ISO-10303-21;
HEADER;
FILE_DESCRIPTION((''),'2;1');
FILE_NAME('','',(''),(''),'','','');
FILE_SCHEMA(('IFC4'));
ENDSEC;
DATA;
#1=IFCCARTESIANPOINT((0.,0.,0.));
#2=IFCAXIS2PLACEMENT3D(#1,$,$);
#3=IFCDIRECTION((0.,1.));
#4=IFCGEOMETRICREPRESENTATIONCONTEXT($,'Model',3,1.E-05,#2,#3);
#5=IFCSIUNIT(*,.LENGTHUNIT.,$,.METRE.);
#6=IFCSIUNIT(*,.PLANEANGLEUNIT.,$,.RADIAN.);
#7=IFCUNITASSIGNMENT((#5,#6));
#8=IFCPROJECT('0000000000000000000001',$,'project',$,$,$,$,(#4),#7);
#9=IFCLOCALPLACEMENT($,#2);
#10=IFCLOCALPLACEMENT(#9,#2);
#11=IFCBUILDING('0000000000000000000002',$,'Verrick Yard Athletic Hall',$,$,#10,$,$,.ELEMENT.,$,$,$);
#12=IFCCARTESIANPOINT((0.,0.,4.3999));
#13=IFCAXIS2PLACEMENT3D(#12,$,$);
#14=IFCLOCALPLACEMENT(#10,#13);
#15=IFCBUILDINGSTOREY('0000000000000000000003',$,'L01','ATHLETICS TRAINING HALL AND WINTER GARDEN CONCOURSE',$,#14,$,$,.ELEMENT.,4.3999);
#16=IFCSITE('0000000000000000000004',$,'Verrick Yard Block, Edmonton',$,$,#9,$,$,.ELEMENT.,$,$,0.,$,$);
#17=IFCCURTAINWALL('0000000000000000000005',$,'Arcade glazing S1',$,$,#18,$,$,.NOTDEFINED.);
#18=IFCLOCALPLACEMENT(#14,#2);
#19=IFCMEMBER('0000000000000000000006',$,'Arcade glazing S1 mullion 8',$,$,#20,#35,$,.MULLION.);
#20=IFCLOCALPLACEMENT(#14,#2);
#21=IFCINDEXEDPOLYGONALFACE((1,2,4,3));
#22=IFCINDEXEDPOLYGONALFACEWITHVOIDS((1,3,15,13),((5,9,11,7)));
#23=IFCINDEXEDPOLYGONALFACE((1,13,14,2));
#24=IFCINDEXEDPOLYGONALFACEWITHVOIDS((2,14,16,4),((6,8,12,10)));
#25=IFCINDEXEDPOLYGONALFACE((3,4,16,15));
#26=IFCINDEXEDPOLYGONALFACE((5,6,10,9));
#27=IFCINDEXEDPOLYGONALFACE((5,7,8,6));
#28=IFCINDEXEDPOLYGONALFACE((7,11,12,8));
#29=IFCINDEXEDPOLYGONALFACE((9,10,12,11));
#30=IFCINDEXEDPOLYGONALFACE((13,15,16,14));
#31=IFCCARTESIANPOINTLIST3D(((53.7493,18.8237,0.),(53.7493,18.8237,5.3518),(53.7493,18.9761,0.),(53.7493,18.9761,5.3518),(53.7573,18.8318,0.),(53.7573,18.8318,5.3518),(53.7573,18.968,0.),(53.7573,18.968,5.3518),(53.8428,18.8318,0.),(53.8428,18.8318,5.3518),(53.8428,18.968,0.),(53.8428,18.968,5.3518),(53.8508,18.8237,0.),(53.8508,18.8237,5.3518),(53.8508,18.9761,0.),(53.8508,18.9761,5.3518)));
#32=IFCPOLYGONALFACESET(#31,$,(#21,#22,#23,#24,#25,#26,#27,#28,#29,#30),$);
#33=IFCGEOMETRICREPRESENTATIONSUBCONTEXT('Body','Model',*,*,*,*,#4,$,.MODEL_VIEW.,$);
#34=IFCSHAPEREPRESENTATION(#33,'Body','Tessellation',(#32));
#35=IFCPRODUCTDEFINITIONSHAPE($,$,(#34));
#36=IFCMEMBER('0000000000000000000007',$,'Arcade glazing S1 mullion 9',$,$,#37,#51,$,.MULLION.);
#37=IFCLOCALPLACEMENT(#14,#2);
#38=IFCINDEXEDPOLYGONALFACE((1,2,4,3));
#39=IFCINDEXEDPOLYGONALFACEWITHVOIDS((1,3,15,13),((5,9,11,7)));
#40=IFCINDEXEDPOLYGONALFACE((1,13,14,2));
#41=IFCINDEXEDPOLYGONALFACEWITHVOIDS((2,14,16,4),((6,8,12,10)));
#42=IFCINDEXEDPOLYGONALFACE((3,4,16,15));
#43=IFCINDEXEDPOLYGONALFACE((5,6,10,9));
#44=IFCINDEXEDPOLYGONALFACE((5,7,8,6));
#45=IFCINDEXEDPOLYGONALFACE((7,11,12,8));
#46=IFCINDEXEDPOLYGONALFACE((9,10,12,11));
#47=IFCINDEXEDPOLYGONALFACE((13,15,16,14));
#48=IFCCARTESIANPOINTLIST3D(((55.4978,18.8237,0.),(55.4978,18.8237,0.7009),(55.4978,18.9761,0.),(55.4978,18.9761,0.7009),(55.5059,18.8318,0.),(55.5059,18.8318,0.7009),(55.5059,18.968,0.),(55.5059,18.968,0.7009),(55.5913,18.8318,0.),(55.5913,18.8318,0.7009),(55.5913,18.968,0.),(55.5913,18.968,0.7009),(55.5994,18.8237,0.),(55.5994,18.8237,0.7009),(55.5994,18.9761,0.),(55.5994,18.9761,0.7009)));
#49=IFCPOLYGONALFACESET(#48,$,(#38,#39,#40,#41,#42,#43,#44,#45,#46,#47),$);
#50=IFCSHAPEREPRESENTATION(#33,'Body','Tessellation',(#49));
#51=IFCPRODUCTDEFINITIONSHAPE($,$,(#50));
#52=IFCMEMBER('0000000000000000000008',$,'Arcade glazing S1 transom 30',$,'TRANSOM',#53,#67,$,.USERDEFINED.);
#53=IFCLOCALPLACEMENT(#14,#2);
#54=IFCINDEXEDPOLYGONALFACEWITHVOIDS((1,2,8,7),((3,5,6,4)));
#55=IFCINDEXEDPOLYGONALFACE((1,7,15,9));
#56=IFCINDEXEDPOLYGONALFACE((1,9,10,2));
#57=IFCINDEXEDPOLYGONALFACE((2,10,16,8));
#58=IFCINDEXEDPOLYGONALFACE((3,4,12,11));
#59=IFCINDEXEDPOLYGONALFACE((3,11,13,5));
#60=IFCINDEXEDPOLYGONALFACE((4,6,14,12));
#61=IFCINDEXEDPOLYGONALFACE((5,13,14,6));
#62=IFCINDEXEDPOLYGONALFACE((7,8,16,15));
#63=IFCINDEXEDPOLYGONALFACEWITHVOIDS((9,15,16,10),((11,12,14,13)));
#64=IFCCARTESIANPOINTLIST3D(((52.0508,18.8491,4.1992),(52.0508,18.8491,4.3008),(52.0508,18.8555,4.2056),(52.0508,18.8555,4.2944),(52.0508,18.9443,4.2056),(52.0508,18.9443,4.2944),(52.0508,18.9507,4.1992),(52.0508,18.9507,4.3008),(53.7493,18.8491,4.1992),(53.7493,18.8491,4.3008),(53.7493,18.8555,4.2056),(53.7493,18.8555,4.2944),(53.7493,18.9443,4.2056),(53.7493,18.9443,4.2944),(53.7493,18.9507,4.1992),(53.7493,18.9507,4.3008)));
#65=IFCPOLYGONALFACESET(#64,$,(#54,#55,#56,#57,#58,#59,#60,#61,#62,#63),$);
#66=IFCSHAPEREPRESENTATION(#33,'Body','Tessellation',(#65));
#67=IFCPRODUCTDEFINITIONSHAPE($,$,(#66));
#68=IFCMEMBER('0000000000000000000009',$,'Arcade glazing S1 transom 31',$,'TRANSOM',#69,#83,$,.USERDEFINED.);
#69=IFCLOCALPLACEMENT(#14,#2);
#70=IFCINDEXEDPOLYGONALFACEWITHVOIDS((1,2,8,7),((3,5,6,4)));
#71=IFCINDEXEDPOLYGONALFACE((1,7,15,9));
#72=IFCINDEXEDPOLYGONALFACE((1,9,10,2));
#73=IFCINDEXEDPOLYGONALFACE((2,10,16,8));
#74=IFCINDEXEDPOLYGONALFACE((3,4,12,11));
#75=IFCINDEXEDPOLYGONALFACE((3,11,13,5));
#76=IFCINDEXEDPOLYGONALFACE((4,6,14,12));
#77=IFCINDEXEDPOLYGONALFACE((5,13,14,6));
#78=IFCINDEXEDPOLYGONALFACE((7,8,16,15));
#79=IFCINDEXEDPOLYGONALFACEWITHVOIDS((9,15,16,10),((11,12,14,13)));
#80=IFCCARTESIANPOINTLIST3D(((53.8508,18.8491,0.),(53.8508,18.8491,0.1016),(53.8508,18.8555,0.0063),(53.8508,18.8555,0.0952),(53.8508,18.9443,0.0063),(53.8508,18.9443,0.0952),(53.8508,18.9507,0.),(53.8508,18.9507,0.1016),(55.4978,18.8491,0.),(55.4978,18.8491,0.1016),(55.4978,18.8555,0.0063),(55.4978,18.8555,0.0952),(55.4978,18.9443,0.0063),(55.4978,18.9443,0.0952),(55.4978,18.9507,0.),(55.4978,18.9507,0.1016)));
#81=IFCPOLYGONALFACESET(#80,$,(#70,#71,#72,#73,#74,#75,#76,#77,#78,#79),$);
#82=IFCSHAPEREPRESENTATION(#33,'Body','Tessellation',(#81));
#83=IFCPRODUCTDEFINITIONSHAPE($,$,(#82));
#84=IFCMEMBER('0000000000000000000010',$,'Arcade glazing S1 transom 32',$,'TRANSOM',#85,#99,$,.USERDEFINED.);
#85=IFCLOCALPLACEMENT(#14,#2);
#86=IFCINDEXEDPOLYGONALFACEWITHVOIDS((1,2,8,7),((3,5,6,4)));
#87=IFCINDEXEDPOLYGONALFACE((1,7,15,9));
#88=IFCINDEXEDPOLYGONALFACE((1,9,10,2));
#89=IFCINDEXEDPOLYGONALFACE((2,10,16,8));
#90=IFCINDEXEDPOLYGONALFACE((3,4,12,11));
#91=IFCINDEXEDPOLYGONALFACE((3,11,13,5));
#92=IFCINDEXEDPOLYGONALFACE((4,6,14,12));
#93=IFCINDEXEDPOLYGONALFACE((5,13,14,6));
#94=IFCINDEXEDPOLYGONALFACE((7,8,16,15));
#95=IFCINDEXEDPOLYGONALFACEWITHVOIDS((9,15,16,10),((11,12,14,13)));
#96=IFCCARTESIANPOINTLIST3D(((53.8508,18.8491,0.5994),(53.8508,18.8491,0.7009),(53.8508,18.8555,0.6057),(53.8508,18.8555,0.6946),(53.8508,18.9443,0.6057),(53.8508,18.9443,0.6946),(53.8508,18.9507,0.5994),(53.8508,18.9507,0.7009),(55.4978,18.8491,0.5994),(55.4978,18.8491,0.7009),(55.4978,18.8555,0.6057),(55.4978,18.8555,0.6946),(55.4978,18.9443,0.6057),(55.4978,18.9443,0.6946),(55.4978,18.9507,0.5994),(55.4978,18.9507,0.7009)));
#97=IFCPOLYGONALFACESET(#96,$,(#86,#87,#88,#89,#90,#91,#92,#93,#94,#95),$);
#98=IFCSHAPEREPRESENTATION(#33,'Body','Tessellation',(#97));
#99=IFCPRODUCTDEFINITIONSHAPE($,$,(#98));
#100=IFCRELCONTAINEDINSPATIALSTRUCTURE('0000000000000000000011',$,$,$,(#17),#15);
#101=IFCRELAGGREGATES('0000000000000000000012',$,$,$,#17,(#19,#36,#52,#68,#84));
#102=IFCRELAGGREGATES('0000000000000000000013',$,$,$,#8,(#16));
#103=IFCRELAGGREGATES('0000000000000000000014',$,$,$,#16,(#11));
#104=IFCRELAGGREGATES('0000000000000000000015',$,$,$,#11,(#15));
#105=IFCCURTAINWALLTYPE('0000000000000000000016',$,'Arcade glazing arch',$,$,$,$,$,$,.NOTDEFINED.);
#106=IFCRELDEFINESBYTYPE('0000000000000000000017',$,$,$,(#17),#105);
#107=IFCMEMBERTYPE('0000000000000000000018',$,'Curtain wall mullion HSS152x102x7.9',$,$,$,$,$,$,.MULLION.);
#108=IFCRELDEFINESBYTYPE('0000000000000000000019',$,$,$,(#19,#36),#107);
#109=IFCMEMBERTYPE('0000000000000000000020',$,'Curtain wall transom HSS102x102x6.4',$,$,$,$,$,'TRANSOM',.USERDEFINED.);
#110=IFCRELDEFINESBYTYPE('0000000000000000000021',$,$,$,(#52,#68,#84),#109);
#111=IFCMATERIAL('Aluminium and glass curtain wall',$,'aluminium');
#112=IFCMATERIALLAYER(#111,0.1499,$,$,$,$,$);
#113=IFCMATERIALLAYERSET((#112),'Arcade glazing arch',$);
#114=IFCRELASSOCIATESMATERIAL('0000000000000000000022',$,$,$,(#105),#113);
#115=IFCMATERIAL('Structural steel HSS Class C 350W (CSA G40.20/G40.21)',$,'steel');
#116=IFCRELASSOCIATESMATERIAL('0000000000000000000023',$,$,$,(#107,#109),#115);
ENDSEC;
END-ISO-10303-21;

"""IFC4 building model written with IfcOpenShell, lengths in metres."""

from ifc_helpers import new_model, si_unit, direction, frame, origin, origin_2d, place, context, subcontext, project, spatial, hollow_rectangle, extrude, material, layer, layer_set, material_profile, profile_set, type_object, element, aggregate, save


model = new_model("IFC4")

# Units and contexts
model_context = context("Model", 3, precision=1e-05, world=origin(), true_north=direction((0.0, 1.0)))
body_context = subcontext(model_context, "Body", "Model", "MODEL_VIEW")
ifc_project = project(units=[si_unit("LENGTHUNIT", "METRE"), si_unit("PLANEANGLEUNIT", "RADIAN")], contexts=[model_context])

# Site, building, storey
site_placement = place(None, origin())
site = spatial("IfcSite", under=ifc_project, at=site_placement, Name="Verrick Yard Block, Edmonton", CompositionType="ELEMENT", RefElevation=0.0)
building_placement = place(site_placement, origin())
building = spatial("IfcBuilding", under=site, at=building_placement, Name="Verrick Yard Athletic Hall", CompositionType="ELEMENT")
storey_placement = place(building_placement, frame((0.0, 0.0, 4.3999)))
storey = spatial("IfcBuildingStorey", under=building, at=storey_placement, Name="L01", Description="ATHLETICS TRAINING HALL AND WINTER GARDEN CONCOURSE", CompositionType="ELEMENT", Elevation=4.3999)

# Curtain wall, members
ifc_material_1 = material(Name="Aluminium and glass curtain wall", Category="aluminium")
ifc_layer_1 = layer(ifc_material_1, 0.1499)
ifc_layer_set_1 = layer_set([ifc_layer_1], Name="Arcade glazing arch")
curtain_wall_type = type_object("IfcCurtainWallType", Name="Arcade glazing arch", PredefinedType="NOTDEFINED", material=ifc_layer_set_1)
curtain_wall_1_placement = place(storey_placement, origin())
curtain_wall_1 = element("IfcCurtainWall", 1, at=curtain_wall_1_placement, inside=storey, type_object=curtain_wall_type, Name="Arcade glazing S1", PredefinedType="NOTDEFINED")
ifc_material_2 = material(Name="Structural steel HSS Class C 350W (CSA G40.20/G40.21)", Category="steel")
ifc_material_profile_1 = material_profile(ifc_material_2, hollow_rectangle(XDim=0.1016, YDim=0.1523, WallThickness=0.0081, at=origin_2d()), Name="HSS152x102x7.9")
ifc_profile_set_1 = profile_set([ifc_material_profile_1], Name="Structural steel HSS Class C 350W (CSA G40.20/G40.21)")
member_type_1 = type_object("IfcMemberType", Name="Curtain wall mullion HSS152x102x7.9", PredefinedType="MULLION", material=ifc_profile_set_1)
member_1_placement = place(storey_placement, frame((53.8, 18.8999, 0.0), z_axis=(0.0, 0.0, 1.0), x_axis=(1.0, 0.0, 0.0)))
member_1 = element("IfcMember", 2, at=member_1_placement, type_object=member_type_1, Name="Arcade glazing S1 mullion 8", PredefinedType="MULLION", context=body_context, shape_type="SweptSolid", body=[
    extrude(hollow_rectangle(XDim=0.1016, YDim=0.1523, WallThickness=0.0081, at=origin_2d()), origin(), (0.0, 0.0, 1.0), 5.3518),
])
member_2_placement = place(storey_placement, frame((55.5486, 18.8999, 0.0), z_axis=(0.0, 0.0, 1.0), x_axis=(1.0, 0.0, 0.0)))
member_2 = element("IfcMember", 3, at=member_2_placement, type_object=member_type_1, Name="Arcade glazing S1 mullion 9", PredefinedType="MULLION", context=body_context, shape_type="SweptSolid", body=[
    extrude(hollow_rectangle(XDim=0.1016, YDim=0.1523, WallThickness=0.0081, at=origin_2d()), origin(), (0.0, 0.0, 1.0), 0.7009),
])
ifc_material_profile_2 = material_profile(ifc_material_2, hollow_rectangle(XDim=0.1016, YDim=0.1016, WallThickness=0.0063, at=origin_2d()), Name="HSS102x102x6.4")
ifc_profile_set_2 = profile_set([ifc_material_profile_2], Name="Structural steel HSS Class C 350W (CSA G40.20/G40.21)")
member_type_2 = type_object("IfcMemberType", Name="Curtain wall transom HSS102x102x6.4", ElementType="TRANSOM", PredefinedType="USERDEFINED", material=ifc_profile_set_2)
member_3_placement = place(storey_placement, frame((52.0508, 18.8999, 4.25), z_axis=(1.0, 0.0, 0.0), x_axis=(0.0, 1.0, 0.0)))
member_3 = element("IfcMember", 4, at=member_3_placement, type_object=member_type_2, Name="Arcade glazing S1 transom 30", ObjectType="TRANSOM", PredefinedType="USERDEFINED", context=body_context, shape_type="SweptSolid", body=[
    extrude(hollow_rectangle(XDim=0.1016, YDim=0.1016, WallThickness=0.0063, at=origin_2d()), origin(), (0.0, 0.0, 1.0), 1.6985),
])
member_4_placement = place(storey_placement, frame((53.8508, 18.8999, 0.0508), z_axis=(1.0, 0.0, 0.0), x_axis=(0.0, 1.0, 0.0)))
member_4 = element("IfcMember", 5, at=member_4_placement, type_object=member_type_2, Name="Arcade glazing S1 transom 31", ObjectType="TRANSOM", PredefinedType="USERDEFINED", context=body_context, shape_type="SweptSolid", body=[
    extrude(hollow_rectangle(XDim=0.1016, YDim=0.1016, WallThickness=0.0063, at=origin_2d()), origin(), (0.0, 0.0, 1.0), 1.647),
])
member_5_placement = place(storey_placement, frame((53.8508, 18.8999, 0.6501), z_axis=(1.0, 0.0, 0.0), x_axis=(0.0, 1.0, 0.0)))
member_5 = element("IfcMember", 6, at=member_5_placement, type_object=member_type_2, Name="Arcade glazing S1 transom 32", ObjectType="TRANSOM", PredefinedType="USERDEFINED", context=body_context, shape_type="SweptSolid", body=[
    extrude(hollow_rectangle(XDim=0.1016, YDim=0.1016, WallThickness=0.0063, at=origin_2d()), origin(), (0.0, 0.0, 1.0), 1.647),
])
aggregate(curtain_wall_1, [member_1, member_2, member_3, member_4, member_5])

save(model, "model.ifc")
